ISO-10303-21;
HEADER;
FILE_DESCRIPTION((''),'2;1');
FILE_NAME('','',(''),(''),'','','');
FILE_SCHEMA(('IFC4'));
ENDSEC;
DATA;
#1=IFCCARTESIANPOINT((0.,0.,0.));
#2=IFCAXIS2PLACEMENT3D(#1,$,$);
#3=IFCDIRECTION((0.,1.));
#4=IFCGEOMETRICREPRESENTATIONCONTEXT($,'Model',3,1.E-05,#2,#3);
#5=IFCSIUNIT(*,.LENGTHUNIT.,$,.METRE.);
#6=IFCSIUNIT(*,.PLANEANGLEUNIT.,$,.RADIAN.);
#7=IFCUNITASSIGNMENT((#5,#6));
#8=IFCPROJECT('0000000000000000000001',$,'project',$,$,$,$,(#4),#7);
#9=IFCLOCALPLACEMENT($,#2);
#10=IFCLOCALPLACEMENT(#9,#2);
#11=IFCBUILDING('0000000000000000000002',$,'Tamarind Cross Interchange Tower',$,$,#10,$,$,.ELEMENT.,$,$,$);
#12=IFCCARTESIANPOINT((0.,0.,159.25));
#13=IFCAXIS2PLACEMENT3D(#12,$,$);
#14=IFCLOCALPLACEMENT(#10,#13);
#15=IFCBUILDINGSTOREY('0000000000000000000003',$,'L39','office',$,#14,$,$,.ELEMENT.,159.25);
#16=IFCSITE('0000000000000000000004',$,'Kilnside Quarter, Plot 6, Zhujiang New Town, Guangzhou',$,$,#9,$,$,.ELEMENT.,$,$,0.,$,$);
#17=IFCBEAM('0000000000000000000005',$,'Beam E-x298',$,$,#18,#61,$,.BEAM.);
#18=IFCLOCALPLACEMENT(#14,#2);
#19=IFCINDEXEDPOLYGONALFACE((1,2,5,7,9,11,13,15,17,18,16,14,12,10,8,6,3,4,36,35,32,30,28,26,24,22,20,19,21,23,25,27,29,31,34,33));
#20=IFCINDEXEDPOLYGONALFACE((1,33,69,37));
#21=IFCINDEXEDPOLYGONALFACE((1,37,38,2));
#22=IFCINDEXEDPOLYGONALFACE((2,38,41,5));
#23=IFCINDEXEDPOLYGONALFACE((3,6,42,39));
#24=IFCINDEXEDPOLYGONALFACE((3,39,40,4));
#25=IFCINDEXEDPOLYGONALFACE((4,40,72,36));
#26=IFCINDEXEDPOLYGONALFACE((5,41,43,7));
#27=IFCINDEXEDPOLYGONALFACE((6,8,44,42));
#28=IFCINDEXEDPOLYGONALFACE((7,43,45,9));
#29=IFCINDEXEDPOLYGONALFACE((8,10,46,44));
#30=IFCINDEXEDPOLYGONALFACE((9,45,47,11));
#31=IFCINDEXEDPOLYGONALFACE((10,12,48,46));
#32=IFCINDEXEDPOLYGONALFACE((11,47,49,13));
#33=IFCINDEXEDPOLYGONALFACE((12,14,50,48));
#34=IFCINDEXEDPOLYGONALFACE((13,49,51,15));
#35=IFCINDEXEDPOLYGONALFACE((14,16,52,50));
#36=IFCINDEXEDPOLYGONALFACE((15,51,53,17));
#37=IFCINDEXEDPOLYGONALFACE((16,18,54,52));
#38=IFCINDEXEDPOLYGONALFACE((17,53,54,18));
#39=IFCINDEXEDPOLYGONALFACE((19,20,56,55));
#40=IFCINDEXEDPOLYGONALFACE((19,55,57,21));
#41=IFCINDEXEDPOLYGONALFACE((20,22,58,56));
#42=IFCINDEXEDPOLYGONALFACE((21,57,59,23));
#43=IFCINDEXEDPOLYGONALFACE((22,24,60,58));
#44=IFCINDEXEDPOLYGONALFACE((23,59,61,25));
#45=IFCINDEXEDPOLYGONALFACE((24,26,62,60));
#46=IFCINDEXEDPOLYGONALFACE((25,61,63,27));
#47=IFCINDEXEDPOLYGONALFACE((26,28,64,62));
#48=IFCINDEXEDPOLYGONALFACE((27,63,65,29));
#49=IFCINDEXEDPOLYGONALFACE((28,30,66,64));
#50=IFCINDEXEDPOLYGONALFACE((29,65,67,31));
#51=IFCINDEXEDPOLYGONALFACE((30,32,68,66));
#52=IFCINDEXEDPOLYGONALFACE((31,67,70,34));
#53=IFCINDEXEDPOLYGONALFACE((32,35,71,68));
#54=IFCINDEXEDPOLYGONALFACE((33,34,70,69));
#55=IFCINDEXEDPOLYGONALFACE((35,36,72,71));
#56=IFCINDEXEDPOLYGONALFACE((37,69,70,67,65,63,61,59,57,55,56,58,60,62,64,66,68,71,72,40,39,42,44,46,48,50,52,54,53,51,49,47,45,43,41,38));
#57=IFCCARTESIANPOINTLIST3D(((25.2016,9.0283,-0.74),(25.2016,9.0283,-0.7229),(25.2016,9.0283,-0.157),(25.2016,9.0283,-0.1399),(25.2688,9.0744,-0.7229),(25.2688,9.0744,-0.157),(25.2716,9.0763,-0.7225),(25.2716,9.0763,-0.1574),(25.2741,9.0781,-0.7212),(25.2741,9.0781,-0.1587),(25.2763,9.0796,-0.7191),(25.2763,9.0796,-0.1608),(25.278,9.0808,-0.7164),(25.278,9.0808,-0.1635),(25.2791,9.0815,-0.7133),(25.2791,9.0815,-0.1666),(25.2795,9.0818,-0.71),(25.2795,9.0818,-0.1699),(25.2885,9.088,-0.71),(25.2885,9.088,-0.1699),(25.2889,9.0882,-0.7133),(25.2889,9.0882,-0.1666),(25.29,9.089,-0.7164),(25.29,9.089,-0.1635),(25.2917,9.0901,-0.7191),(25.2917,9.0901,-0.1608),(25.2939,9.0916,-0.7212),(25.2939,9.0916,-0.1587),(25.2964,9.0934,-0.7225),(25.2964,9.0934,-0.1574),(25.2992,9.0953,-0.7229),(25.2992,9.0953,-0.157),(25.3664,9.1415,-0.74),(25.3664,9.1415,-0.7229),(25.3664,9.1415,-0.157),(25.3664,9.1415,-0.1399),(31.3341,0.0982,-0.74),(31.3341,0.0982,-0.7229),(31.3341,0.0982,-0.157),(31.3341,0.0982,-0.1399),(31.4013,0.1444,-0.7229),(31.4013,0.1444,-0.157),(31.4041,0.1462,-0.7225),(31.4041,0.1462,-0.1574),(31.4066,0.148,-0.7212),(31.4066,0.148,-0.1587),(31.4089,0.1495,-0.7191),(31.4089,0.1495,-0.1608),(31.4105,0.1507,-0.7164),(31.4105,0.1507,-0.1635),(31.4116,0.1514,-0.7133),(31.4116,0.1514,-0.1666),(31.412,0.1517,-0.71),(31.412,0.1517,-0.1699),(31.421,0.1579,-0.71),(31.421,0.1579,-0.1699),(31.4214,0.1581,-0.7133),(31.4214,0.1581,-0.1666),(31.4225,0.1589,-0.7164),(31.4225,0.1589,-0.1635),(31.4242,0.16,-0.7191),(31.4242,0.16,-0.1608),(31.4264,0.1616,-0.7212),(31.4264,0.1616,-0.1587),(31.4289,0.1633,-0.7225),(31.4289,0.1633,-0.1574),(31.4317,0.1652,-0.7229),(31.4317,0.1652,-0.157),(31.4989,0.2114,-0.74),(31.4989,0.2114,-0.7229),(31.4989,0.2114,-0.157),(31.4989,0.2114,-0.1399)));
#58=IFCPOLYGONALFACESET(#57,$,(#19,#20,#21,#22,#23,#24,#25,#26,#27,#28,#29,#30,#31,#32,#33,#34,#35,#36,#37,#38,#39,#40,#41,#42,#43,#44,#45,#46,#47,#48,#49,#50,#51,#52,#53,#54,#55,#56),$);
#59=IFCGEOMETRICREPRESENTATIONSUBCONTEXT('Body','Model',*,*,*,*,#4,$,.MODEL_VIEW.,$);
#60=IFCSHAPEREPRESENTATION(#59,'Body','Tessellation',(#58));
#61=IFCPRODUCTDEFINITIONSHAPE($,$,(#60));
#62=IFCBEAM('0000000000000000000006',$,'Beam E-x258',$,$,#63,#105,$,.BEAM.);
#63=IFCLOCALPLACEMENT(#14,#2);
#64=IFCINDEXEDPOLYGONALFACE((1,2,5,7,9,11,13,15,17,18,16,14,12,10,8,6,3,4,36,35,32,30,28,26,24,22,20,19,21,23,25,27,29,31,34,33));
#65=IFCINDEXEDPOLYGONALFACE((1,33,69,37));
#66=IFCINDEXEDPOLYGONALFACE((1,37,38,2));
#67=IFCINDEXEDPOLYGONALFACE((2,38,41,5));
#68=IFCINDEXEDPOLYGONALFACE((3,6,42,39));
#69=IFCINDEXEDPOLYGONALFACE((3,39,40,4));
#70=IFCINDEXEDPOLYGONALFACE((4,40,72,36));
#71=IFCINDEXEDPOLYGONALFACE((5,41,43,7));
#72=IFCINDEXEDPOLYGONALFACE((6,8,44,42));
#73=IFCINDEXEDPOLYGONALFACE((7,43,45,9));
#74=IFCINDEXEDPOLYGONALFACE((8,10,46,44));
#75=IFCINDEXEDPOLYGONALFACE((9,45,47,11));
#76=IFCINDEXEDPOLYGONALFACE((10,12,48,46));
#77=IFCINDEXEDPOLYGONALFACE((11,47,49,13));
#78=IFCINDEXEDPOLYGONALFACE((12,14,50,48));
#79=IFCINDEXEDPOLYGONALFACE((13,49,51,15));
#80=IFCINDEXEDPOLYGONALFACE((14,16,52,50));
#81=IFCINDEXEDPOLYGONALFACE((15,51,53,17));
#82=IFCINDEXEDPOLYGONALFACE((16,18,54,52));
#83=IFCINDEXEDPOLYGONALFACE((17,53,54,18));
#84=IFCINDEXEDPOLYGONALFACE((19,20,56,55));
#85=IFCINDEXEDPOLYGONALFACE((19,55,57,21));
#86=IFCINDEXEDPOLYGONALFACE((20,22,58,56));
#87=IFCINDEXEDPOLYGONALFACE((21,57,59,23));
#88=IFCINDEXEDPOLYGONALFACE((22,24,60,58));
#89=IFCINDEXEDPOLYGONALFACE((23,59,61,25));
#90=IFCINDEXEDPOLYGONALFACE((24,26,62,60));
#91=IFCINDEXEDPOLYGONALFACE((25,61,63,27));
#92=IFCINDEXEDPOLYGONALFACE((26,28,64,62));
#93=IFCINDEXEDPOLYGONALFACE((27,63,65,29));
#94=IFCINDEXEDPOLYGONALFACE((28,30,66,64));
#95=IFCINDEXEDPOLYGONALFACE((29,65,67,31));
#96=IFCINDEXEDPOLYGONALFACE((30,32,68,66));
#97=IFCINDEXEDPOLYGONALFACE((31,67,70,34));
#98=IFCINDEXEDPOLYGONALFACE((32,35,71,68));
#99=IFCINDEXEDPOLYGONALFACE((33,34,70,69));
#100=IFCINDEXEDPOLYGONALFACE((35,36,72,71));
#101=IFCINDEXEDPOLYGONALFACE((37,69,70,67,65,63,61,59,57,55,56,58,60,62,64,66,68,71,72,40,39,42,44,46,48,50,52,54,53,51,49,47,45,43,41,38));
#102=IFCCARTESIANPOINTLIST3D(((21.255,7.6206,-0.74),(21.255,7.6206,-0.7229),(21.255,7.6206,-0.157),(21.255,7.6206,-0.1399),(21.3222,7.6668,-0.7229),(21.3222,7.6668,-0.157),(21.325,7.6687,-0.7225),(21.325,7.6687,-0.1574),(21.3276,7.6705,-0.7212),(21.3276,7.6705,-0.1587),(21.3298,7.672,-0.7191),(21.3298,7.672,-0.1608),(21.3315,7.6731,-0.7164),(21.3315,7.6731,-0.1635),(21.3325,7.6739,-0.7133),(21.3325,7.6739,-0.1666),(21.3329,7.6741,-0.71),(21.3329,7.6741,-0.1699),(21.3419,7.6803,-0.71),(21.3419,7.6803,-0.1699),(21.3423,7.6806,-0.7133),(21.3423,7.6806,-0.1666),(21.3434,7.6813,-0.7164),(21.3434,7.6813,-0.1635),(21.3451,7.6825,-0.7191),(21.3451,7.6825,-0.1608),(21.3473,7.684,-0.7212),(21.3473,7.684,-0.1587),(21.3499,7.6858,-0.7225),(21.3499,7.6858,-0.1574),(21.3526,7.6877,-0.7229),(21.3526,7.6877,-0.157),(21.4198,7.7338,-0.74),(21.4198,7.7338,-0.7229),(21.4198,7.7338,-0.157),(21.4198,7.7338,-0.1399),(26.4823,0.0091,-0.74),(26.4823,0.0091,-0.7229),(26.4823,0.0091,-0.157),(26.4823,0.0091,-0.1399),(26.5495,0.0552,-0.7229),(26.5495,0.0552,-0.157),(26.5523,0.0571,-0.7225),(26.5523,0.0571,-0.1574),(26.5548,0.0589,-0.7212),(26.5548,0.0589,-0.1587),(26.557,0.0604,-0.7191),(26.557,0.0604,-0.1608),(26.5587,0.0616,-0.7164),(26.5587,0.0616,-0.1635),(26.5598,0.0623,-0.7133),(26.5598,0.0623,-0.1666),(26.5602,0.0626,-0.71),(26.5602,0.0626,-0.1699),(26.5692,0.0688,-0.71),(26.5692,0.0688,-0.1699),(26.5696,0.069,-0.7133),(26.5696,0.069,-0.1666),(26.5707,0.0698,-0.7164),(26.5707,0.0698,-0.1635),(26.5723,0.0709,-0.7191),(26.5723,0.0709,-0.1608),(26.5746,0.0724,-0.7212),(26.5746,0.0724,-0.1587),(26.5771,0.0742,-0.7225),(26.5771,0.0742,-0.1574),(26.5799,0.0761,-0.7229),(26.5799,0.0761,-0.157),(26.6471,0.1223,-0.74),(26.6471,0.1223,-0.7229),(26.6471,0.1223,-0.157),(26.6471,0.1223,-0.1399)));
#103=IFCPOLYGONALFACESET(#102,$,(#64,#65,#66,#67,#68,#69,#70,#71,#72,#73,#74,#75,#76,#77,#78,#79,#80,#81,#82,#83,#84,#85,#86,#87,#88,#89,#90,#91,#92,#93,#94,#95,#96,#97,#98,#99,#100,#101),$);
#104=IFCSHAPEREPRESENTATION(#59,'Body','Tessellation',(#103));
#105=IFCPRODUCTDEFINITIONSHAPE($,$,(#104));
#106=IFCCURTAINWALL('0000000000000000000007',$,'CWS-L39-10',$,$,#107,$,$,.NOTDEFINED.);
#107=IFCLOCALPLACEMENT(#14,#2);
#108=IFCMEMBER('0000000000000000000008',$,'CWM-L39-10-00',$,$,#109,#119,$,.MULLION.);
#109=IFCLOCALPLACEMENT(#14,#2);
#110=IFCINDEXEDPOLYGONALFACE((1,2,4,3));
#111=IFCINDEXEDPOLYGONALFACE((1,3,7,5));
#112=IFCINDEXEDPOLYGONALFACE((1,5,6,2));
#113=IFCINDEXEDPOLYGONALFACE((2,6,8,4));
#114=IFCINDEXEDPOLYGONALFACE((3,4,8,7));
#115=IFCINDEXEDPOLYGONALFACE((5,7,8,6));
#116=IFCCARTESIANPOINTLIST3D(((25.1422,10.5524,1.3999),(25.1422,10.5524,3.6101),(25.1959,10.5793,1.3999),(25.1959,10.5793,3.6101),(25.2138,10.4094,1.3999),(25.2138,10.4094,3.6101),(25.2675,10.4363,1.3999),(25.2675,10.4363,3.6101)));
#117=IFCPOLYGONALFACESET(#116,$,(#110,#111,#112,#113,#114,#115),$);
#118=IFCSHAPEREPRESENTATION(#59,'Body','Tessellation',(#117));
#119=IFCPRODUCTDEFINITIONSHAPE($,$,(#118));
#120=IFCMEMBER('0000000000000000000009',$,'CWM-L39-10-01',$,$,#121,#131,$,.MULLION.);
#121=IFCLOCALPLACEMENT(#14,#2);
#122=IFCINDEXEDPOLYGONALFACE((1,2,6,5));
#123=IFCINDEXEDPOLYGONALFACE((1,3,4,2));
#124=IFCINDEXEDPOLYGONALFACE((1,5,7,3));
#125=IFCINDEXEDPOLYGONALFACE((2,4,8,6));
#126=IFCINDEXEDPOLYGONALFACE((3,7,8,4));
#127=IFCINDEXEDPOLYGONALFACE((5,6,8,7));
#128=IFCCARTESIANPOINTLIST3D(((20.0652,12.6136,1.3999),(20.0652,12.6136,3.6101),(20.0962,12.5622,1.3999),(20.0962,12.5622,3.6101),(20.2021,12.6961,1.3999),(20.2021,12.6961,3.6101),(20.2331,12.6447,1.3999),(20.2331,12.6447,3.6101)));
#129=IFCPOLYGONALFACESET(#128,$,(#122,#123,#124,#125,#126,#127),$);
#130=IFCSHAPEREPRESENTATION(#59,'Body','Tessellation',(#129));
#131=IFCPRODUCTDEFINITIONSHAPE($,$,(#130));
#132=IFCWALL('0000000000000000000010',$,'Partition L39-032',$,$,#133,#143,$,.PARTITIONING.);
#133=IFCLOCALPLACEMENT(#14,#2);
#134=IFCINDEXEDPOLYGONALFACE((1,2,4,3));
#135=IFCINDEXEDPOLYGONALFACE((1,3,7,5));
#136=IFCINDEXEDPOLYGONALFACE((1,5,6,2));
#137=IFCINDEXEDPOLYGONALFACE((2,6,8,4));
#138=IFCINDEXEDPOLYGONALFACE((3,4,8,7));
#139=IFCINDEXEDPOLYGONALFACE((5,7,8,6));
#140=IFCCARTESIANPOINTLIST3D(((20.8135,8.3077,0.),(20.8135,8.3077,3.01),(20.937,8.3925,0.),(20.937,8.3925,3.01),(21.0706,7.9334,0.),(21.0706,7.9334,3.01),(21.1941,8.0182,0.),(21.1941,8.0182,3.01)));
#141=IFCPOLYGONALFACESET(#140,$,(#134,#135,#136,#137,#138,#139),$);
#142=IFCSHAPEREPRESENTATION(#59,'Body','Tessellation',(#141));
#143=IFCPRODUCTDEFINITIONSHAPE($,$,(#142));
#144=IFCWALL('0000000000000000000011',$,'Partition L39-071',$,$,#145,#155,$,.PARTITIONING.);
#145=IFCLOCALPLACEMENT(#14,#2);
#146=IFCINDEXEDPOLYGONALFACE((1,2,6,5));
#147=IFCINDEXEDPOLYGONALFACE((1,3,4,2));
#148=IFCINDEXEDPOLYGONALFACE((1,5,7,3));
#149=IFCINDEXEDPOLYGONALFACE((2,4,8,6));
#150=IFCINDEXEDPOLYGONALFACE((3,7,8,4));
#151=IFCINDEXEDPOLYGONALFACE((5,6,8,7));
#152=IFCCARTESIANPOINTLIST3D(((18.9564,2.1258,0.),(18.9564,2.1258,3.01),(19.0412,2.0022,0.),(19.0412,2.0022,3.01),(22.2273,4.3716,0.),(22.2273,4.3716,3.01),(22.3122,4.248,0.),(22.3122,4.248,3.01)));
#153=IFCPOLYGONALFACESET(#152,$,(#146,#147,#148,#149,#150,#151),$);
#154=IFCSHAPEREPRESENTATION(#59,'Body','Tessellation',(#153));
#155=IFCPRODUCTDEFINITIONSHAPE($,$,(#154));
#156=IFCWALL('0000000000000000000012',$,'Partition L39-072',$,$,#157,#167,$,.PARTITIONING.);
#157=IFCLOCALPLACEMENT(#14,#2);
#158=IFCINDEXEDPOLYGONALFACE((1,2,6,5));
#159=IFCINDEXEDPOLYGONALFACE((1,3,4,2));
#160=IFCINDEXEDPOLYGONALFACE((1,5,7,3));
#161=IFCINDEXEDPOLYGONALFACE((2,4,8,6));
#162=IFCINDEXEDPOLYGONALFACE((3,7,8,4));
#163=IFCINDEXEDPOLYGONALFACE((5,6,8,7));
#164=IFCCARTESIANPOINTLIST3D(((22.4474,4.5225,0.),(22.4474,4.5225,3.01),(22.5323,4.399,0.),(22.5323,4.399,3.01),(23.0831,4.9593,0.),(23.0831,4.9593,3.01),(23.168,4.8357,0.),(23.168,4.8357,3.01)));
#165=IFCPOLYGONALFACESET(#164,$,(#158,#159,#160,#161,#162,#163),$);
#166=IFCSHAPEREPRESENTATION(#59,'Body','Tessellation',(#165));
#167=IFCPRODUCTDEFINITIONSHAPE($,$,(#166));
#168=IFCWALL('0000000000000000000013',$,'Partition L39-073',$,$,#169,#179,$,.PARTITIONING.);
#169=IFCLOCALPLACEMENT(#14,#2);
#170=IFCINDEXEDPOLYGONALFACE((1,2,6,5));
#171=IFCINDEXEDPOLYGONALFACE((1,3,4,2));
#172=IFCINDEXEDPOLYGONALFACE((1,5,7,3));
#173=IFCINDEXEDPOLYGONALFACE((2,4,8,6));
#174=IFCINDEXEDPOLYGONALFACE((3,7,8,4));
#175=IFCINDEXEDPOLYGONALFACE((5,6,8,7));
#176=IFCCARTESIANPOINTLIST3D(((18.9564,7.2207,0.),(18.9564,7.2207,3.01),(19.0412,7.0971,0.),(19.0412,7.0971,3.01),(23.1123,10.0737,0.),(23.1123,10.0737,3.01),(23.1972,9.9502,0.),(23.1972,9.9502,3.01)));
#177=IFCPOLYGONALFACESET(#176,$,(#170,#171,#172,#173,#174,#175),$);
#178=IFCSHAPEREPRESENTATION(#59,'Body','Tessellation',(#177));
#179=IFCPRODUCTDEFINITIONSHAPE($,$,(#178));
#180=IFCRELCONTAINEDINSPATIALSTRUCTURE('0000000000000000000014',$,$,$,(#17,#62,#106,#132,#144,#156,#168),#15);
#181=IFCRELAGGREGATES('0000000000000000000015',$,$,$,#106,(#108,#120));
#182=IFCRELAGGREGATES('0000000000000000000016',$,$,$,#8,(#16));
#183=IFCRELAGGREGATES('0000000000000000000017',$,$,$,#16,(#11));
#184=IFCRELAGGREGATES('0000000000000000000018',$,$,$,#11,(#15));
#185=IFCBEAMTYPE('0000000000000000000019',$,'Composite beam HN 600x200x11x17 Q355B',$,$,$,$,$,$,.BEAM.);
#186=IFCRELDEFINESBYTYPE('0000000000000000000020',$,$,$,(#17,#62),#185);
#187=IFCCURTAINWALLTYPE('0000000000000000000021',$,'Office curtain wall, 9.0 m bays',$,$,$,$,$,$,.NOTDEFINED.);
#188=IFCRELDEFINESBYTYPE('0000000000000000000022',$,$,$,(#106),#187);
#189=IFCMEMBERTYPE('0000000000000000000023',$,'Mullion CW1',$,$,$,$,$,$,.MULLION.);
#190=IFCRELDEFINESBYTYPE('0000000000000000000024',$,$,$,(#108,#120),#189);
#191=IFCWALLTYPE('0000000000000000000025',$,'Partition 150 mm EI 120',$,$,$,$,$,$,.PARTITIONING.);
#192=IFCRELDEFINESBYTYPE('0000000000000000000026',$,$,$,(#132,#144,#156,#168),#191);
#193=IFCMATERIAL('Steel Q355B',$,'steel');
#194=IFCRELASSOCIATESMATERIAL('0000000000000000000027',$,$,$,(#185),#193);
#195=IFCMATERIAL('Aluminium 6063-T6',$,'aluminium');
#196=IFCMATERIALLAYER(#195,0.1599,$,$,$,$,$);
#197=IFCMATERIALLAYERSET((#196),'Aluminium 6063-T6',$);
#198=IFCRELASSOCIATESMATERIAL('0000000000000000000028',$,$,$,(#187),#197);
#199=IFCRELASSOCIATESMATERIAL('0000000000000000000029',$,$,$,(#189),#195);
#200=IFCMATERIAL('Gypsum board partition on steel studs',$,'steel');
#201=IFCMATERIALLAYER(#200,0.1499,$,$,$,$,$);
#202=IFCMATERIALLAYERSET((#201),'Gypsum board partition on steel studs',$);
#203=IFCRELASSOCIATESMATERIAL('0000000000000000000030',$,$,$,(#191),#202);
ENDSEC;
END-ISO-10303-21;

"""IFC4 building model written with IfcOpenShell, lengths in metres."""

from ifc_helpers import new_model, si_unit, direction, frame, frame_2d, origin, origin_2d, place, context, subcontext, project, spatial, rectangle, i_section, extrude, material, layer, layer_set, material_profile, profile_set, type_object, element, aggregate, save


model = new_model("IFC4")

# Units and contexts
model_context = context("Model", 3, precision=1e-05, world=origin(), true_north=direction((0.0, 1.0)))
body_context = subcontext(model_context, "Body", "Model", "MODEL_VIEW")
ifc_project = project(units=[si_unit("LENGTHUNIT", "METRE"), si_unit("PLANEANGLEUNIT", "RADIAN")], contexts=[model_context])

# Site, building, storey
site_placement = place(None, origin())
site = spatial("IfcSite", under=ifc_project, at=site_placement, Name="Kilnside Quarter, Plot 6, Zhujiang New Town, Guangzhou", CompositionType="ELEMENT", RefElevation=0.0)
building_placement = place(site_placement, origin())
building = spatial("IfcBuilding", under=site, at=building_placement, Name="Tamarind Cross Interchange Tower", CompositionType="ELEMENT")
storey_placement = place(building_placement, frame((0.0, 0.0, 159.25)))
storey = spatial("IfcBuildingStorey", under=building, at=storey_placement, Name="L39", Description="office", CompositionType="ELEMENT", Elevation=159.25)

# Beams
ifc_material_1 = material(Name="Steel Q355B", Category="steel")
ifc_material_profile_1 = material_profile(ifc_material_1, i_section(OverallWidth=0.2, OverallDepth=0.6001, WebThickness=0.011, FlangeThickness=0.0171, FilletRadius=0.0129, at=origin_2d()), Name="HN 600x200x11x17")
ifc_profile_set_1 = profile_set([ifc_material_profile_1], Name="Steel Q355B")
beam_type_1 = type_object("IfcBeamType", Name="Composite beam HN 600x200x11x17 Q355B", PredefinedType="BEAM", material=ifc_profile_set_1)
beam_1_placement = place(storey_placement, frame((31.4165, 0.1548, -0.4399), z_axis=(-0.566095, 0.82434, 0.0), x_axis=(-0.82434, -0.566095, 0.0)))
element("IfcBeam", 1, at=beam_1_placement, inside=storey, type_object=beam_type_1, Name="Beam E-x298", PredefinedType="BEAM", context=body_context, shape_type="SweptSolid", body=[
    extrude(i_section(OverallWidth=0.2, OverallDepth=0.6001, WebThickness=0.011, FlangeThickness=0.0171, FilletRadius=0.0129, at=origin_2d()), origin(), (0.0, 0.0, 1.0), 10.833),
])
beam_2_placement = place(storey_placement, frame((26.5647, 0.0657, -0.4399), z_axis=(-0.566112, 0.824328, 0.0), x_axis=(-0.824328, -0.566112, 0.0)))
element("IfcBeam", 2, at=beam_2_placement, inside=storey, type_object=beam_type_1, Name="Beam E-x258", PredefinedType="BEAM", context=body_context, shape_type="SweptSolid", body=[
    extrude(i_section(OverallWidth=0.2, OverallDepth=0.6001, WebThickness=0.011, FlangeThickness=0.0171, FilletRadius=0.0129, at=origin_2d()), origin(), (0.0, 0.0, 1.0), 9.2336),
])

# Curtain wall, members
ifc_material_2 = material(Name="Aluminium 6063-T6", Category="aluminium")
ifc_layer_1 = layer(ifc_material_2, 0.1599)
ifc_layer_set_1 = layer_set([ifc_layer_1], Name="Aluminium 6063-T6")
curtain_wall_type = type_object("IfcCurtainWallType", Name="Office curtain wall, 9.0 m bays", PredefinedType="NOTDEFINED", material=ifc_layer_set_1)
curtain_wall_placement = place(storey_placement, origin())
curtain_wall = element("IfcCurtainWall", 3, at=curtain_wall_placement, inside=storey, type_object=curtain_wall_type, Name="CWS-L39-10", PredefinedType="NOTDEFINED")
ifc_material_profile_2 = material_profile(ifc_material_2, rectangle(XDim=0.0601, YDim=0.1599, at=origin_2d()), Name="Mullion CW1")
ifc_profile_set_2 = profile_set([ifc_material_profile_2], Name="Aluminium 6063-T6")
member_type = type_object("IfcMemberType", Name="Mullion CW1", PredefinedType="MULLION", material=ifc_profile_set_2)
member_1_placement = place(storey_placement, frame((25.2048, 10.4944, 1.3999), z_axis=(0.0, 0.0, 1.0), x_axis=(-0.894087, -0.447894, 0.0)))
member_1 = element("IfcMember", 4, at=member_1_placement, type_object=member_type, Name="CWM-L39-10-00", PredefinedType="MULLION", context=body_context, shape_type="SweptSolid", body=[
    extrude(rectangle(XDim=0.0601, YDim=0.1599, at=origin_2d()), origin(), (0.0, 0.0, 1.0), 2.2102),
])
member_2_placement = place(storey_placement, frame((20.1492, 12.6292, 1.3999), z_axis=(0.0, 0.0, 1.0), x_axis=(-0.516248, 0.856439, 0.0)))
member_2 = element("IfcMember", 5, at=member_2_placement, type_object=member_type, Name="CWM-L39-10-01", PredefinedType="MULLION", context=body_context, shape_type="SweptSolid", body=[
    extrude(rectangle(XDim=0.0601, YDim=0.1599, at=origin_2d()), origin(), (0.0, 0.0, 1.0), 2.2102),
])
aggregate(curtain_wall, [member_1, member_2])

# Walls
ifc_material_3 = material(Name="Gypsum board partition on steel studs", Category="steel")
ifc_layer_2 = layer(ifc_material_3, 0.1499)
ifc_layer_set_2 = layer_set([ifc_layer_2], Name="Gypsum board partition on steel studs")
wall_type_1 = type_object("IfcWallType", Name="Partition 150 mm EI 120", PredefinedType="PARTITIONING", material=ifc_layer_set_2)
wall_1_placement = place(storey_placement, frame((20.8752, 8.3501, 0.0), z_axis=(0.0, 0.0, 1.0), x_axis=(0.566186, -0.824277, 0.0)))
element("IfcWall", 6, at=wall_1_placement, inside=storey, type_object=wall_type_1, Name="Partition L39-032", PredefinedType="PARTITIONING", context=body_context, shape_type="SweptSolid", body=[
    extrude(rectangle(XDim=0.4541, YDim=0.1499, at=frame_2d((0.2271, 0.0))), origin(), (0.0, 0.0, 1.0), 3.01),
])
wall_2_placement = place(storey_placement, frame((18.9988, 2.064, 0.0), z_axis=(0.0, 0.0, 1.0), x_axis=(0.82439, 0.566022, 0.0)))
element("IfcWall", 7, at=wall_2_placement, inside=storey, type_object=wall_type_1, Name="Partition L39-071", PredefinedType="PARTITIONING", context=body_context, shape_type="SweptSolid", body=[
    extrude(rectangle(XDim=3.9678, YDim=0.1499, at=frame_2d((1.9839, 0.0))), origin(), (0.0, 0.0, 1.0), 3.01),
])
wall_3_placement = place(storey_placement, frame((22.4897, 4.4607, 0.0), z_axis=(0.0, 0.0, 1.0), x_axis=(0.824227, 0.56626, 0.0)))
element("IfcWall", 8, at=wall_3_placement, inside=storey, type_object=wall_type_1, Name="Partition L39-072", PredefinedType="PARTITIONING", context=body_context, shape_type="SweptSolid", body=[
    extrude(rectangle(XDim=0.7712, YDim=0.1499, at=frame_2d((0.3857, 0.0))), origin(), (0.0, 0.0, 1.0), 3.01),
])
wall_4_placement = place(storey_placement, frame((18.9988, 7.1589, 0.0), z_axis=(0.0, 0.0, 1.0), x_axis=(0.824433, 0.565959, 0.0)))
element("IfcWall", 9, at=wall_4_placement, inside=storey, type_object=wall_type_1, Name="Partition L39-073", PredefinedType="PARTITIONING", context=body_context, shape_type="SweptSolid", body=[
    extrude(rectangle(XDim=5.041, YDim=0.1499, at=frame_2d((2.5205, 0.0))), origin(), (0.0, 0.0, 1.0), 3.01),
])

save(model, "model.ifc")
